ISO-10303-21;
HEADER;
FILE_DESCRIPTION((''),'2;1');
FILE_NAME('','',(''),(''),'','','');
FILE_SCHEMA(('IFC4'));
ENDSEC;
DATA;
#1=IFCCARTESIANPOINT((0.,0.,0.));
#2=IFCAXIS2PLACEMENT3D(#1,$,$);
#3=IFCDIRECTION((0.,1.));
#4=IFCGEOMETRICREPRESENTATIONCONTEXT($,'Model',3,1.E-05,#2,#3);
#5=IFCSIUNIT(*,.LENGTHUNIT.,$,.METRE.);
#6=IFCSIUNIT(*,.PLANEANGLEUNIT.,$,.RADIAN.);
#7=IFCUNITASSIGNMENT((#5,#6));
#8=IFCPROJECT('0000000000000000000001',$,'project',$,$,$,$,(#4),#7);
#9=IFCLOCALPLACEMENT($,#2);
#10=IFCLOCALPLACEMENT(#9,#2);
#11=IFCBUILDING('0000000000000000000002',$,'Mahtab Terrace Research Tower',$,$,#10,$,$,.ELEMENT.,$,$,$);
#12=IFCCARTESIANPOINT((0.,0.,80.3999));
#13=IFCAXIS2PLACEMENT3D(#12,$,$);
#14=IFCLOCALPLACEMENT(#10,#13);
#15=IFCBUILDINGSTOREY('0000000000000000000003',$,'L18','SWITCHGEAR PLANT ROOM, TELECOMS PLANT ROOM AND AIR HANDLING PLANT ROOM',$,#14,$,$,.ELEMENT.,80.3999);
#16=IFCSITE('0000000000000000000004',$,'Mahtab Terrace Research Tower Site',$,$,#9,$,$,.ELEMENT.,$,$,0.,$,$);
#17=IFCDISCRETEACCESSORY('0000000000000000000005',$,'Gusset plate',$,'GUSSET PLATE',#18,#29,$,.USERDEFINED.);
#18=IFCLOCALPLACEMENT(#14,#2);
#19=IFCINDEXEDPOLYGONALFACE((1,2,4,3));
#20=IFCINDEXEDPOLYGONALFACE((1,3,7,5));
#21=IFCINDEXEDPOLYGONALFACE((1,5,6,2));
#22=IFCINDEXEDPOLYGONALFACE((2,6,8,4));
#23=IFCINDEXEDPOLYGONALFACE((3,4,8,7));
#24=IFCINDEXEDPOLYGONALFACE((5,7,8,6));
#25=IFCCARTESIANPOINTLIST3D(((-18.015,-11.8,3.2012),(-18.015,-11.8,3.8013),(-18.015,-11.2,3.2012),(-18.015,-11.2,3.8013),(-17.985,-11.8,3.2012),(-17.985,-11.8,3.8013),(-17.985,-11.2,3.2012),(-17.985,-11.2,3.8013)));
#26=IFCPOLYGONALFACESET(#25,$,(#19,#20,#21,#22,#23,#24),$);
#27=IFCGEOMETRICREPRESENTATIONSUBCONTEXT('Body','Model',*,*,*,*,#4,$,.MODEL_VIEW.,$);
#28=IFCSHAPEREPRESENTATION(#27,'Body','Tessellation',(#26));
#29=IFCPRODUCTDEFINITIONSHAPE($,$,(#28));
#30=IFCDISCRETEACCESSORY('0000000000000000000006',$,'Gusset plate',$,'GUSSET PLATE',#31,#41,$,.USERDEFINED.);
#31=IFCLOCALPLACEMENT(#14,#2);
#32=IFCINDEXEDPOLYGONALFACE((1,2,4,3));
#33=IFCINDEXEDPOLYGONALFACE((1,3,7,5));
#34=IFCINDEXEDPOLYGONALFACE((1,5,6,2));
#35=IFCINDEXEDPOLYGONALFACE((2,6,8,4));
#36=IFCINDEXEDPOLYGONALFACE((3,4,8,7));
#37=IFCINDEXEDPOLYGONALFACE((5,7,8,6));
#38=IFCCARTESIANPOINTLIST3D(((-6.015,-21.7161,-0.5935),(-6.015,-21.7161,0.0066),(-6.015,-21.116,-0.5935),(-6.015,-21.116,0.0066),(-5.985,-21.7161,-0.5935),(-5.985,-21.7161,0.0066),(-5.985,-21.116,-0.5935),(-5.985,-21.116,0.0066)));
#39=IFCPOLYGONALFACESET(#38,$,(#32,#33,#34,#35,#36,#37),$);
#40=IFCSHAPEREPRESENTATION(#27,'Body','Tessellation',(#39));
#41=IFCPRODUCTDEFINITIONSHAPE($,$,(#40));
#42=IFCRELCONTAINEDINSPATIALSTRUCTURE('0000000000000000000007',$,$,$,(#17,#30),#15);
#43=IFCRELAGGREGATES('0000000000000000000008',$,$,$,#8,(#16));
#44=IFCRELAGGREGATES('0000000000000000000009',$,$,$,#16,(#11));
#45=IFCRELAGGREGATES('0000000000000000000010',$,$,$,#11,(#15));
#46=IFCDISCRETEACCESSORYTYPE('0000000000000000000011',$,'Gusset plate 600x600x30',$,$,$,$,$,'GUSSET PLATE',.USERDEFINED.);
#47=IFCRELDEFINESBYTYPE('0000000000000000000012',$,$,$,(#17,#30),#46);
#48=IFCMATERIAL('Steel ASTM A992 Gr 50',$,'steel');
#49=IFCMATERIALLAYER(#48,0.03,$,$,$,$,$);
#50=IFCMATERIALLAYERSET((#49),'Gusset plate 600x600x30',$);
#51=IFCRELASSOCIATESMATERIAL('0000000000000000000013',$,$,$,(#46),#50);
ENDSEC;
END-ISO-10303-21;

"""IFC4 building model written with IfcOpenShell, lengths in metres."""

from ifc_helpers import new_model, si_unit, direction, frame, origin, origin_2d, place, context, subcontext, project, spatial, rectangle, extrude, material, layer, layer_set, type_object, element, save


model = new_model("IFC4")

# Units and contexts
model_context = context("Model", 3, precision=1e-05, world=origin(), true_north=direction((0.0, 1.0)))
body_context = subcontext(model_context, "Body", "Model", "MODEL_VIEW")
ifc_project = project(units=[si_unit("LENGTHUNIT", "METRE"), si_unit("PLANEANGLEUNIT", "RADIAN")], contexts=[model_context])

# Site, building, storey
site_placement = place(None, origin())
site = spatial("IfcSite", under=ifc_project, at=site_placement, Name="Mahtab Terrace Research Tower Site", CompositionType="ELEMENT", RefElevation=0.0)
building_placement = place(site_placement, origin())
building = spatial("IfcBuilding", under=site, at=building_placement, Name="Mahtab Terrace Research Tower", CompositionType="ELEMENT")
storey_placement = place(building_placement, frame((0.0, 0.0, 80.3999)))
storey = spatial("IfcBuildingStorey", under=building, at=storey_placement, Name="L18", Description="SWITCHGEAR PLANT ROOM, TELECOMS PLANT ROOM AND AIR HANDLING PLANT ROOM", CompositionType="ELEMENT", Elevation=80.3999)

# Shared definitions
ifc_material_1 = material(Name="Steel ASTM A992 Gr 50", Category="steel")

# Discrete accessories
ifc_layer_1 = layer(ifc_material_1, 0.03)
ifc_layer_set_1 = layer_set([ifc_layer_1], Name="Gusset plate 600x600x30")
discrete_accessory_type = type_object("IfcDiscreteAccessoryType", Name="Gusset plate 600x600x30", ElementType="GUSSET PLATE", PredefinedType="USERDEFINED", material=ifc_layer_set_1)
for number, where, z_axis, x_axis, name in (
    (1, (-18.0, -11.5, 3.2012), (0.0, 0.0, 1.0), (0.0, 1.0, 0.0), "Gusset plate"),
    (2, (-6.0, -21.416, -0.5935), (0.0, 0.0, 1.0), (0.0, 1.0, 0.0), "Gusset plate"),
):
    element("IfcDiscreteAccessory", number, at=place(storey_placement, frame(where, z_axis=z_axis, x_axis=x_axis)), inside=storey, type_object=discrete_accessory_type, Name=name, ObjectType="GUSSET PLATE", PredefinedType="USERDEFINED", context=body_context, shape_type="SweptSolid", body=[
        extrude(rectangle(XDim=0.6001, YDim=0.03, at=origin_2d()), origin(), (0.0, 0.0, 1.0), 0.6001),
    ])

save(model, "model.ifc")
